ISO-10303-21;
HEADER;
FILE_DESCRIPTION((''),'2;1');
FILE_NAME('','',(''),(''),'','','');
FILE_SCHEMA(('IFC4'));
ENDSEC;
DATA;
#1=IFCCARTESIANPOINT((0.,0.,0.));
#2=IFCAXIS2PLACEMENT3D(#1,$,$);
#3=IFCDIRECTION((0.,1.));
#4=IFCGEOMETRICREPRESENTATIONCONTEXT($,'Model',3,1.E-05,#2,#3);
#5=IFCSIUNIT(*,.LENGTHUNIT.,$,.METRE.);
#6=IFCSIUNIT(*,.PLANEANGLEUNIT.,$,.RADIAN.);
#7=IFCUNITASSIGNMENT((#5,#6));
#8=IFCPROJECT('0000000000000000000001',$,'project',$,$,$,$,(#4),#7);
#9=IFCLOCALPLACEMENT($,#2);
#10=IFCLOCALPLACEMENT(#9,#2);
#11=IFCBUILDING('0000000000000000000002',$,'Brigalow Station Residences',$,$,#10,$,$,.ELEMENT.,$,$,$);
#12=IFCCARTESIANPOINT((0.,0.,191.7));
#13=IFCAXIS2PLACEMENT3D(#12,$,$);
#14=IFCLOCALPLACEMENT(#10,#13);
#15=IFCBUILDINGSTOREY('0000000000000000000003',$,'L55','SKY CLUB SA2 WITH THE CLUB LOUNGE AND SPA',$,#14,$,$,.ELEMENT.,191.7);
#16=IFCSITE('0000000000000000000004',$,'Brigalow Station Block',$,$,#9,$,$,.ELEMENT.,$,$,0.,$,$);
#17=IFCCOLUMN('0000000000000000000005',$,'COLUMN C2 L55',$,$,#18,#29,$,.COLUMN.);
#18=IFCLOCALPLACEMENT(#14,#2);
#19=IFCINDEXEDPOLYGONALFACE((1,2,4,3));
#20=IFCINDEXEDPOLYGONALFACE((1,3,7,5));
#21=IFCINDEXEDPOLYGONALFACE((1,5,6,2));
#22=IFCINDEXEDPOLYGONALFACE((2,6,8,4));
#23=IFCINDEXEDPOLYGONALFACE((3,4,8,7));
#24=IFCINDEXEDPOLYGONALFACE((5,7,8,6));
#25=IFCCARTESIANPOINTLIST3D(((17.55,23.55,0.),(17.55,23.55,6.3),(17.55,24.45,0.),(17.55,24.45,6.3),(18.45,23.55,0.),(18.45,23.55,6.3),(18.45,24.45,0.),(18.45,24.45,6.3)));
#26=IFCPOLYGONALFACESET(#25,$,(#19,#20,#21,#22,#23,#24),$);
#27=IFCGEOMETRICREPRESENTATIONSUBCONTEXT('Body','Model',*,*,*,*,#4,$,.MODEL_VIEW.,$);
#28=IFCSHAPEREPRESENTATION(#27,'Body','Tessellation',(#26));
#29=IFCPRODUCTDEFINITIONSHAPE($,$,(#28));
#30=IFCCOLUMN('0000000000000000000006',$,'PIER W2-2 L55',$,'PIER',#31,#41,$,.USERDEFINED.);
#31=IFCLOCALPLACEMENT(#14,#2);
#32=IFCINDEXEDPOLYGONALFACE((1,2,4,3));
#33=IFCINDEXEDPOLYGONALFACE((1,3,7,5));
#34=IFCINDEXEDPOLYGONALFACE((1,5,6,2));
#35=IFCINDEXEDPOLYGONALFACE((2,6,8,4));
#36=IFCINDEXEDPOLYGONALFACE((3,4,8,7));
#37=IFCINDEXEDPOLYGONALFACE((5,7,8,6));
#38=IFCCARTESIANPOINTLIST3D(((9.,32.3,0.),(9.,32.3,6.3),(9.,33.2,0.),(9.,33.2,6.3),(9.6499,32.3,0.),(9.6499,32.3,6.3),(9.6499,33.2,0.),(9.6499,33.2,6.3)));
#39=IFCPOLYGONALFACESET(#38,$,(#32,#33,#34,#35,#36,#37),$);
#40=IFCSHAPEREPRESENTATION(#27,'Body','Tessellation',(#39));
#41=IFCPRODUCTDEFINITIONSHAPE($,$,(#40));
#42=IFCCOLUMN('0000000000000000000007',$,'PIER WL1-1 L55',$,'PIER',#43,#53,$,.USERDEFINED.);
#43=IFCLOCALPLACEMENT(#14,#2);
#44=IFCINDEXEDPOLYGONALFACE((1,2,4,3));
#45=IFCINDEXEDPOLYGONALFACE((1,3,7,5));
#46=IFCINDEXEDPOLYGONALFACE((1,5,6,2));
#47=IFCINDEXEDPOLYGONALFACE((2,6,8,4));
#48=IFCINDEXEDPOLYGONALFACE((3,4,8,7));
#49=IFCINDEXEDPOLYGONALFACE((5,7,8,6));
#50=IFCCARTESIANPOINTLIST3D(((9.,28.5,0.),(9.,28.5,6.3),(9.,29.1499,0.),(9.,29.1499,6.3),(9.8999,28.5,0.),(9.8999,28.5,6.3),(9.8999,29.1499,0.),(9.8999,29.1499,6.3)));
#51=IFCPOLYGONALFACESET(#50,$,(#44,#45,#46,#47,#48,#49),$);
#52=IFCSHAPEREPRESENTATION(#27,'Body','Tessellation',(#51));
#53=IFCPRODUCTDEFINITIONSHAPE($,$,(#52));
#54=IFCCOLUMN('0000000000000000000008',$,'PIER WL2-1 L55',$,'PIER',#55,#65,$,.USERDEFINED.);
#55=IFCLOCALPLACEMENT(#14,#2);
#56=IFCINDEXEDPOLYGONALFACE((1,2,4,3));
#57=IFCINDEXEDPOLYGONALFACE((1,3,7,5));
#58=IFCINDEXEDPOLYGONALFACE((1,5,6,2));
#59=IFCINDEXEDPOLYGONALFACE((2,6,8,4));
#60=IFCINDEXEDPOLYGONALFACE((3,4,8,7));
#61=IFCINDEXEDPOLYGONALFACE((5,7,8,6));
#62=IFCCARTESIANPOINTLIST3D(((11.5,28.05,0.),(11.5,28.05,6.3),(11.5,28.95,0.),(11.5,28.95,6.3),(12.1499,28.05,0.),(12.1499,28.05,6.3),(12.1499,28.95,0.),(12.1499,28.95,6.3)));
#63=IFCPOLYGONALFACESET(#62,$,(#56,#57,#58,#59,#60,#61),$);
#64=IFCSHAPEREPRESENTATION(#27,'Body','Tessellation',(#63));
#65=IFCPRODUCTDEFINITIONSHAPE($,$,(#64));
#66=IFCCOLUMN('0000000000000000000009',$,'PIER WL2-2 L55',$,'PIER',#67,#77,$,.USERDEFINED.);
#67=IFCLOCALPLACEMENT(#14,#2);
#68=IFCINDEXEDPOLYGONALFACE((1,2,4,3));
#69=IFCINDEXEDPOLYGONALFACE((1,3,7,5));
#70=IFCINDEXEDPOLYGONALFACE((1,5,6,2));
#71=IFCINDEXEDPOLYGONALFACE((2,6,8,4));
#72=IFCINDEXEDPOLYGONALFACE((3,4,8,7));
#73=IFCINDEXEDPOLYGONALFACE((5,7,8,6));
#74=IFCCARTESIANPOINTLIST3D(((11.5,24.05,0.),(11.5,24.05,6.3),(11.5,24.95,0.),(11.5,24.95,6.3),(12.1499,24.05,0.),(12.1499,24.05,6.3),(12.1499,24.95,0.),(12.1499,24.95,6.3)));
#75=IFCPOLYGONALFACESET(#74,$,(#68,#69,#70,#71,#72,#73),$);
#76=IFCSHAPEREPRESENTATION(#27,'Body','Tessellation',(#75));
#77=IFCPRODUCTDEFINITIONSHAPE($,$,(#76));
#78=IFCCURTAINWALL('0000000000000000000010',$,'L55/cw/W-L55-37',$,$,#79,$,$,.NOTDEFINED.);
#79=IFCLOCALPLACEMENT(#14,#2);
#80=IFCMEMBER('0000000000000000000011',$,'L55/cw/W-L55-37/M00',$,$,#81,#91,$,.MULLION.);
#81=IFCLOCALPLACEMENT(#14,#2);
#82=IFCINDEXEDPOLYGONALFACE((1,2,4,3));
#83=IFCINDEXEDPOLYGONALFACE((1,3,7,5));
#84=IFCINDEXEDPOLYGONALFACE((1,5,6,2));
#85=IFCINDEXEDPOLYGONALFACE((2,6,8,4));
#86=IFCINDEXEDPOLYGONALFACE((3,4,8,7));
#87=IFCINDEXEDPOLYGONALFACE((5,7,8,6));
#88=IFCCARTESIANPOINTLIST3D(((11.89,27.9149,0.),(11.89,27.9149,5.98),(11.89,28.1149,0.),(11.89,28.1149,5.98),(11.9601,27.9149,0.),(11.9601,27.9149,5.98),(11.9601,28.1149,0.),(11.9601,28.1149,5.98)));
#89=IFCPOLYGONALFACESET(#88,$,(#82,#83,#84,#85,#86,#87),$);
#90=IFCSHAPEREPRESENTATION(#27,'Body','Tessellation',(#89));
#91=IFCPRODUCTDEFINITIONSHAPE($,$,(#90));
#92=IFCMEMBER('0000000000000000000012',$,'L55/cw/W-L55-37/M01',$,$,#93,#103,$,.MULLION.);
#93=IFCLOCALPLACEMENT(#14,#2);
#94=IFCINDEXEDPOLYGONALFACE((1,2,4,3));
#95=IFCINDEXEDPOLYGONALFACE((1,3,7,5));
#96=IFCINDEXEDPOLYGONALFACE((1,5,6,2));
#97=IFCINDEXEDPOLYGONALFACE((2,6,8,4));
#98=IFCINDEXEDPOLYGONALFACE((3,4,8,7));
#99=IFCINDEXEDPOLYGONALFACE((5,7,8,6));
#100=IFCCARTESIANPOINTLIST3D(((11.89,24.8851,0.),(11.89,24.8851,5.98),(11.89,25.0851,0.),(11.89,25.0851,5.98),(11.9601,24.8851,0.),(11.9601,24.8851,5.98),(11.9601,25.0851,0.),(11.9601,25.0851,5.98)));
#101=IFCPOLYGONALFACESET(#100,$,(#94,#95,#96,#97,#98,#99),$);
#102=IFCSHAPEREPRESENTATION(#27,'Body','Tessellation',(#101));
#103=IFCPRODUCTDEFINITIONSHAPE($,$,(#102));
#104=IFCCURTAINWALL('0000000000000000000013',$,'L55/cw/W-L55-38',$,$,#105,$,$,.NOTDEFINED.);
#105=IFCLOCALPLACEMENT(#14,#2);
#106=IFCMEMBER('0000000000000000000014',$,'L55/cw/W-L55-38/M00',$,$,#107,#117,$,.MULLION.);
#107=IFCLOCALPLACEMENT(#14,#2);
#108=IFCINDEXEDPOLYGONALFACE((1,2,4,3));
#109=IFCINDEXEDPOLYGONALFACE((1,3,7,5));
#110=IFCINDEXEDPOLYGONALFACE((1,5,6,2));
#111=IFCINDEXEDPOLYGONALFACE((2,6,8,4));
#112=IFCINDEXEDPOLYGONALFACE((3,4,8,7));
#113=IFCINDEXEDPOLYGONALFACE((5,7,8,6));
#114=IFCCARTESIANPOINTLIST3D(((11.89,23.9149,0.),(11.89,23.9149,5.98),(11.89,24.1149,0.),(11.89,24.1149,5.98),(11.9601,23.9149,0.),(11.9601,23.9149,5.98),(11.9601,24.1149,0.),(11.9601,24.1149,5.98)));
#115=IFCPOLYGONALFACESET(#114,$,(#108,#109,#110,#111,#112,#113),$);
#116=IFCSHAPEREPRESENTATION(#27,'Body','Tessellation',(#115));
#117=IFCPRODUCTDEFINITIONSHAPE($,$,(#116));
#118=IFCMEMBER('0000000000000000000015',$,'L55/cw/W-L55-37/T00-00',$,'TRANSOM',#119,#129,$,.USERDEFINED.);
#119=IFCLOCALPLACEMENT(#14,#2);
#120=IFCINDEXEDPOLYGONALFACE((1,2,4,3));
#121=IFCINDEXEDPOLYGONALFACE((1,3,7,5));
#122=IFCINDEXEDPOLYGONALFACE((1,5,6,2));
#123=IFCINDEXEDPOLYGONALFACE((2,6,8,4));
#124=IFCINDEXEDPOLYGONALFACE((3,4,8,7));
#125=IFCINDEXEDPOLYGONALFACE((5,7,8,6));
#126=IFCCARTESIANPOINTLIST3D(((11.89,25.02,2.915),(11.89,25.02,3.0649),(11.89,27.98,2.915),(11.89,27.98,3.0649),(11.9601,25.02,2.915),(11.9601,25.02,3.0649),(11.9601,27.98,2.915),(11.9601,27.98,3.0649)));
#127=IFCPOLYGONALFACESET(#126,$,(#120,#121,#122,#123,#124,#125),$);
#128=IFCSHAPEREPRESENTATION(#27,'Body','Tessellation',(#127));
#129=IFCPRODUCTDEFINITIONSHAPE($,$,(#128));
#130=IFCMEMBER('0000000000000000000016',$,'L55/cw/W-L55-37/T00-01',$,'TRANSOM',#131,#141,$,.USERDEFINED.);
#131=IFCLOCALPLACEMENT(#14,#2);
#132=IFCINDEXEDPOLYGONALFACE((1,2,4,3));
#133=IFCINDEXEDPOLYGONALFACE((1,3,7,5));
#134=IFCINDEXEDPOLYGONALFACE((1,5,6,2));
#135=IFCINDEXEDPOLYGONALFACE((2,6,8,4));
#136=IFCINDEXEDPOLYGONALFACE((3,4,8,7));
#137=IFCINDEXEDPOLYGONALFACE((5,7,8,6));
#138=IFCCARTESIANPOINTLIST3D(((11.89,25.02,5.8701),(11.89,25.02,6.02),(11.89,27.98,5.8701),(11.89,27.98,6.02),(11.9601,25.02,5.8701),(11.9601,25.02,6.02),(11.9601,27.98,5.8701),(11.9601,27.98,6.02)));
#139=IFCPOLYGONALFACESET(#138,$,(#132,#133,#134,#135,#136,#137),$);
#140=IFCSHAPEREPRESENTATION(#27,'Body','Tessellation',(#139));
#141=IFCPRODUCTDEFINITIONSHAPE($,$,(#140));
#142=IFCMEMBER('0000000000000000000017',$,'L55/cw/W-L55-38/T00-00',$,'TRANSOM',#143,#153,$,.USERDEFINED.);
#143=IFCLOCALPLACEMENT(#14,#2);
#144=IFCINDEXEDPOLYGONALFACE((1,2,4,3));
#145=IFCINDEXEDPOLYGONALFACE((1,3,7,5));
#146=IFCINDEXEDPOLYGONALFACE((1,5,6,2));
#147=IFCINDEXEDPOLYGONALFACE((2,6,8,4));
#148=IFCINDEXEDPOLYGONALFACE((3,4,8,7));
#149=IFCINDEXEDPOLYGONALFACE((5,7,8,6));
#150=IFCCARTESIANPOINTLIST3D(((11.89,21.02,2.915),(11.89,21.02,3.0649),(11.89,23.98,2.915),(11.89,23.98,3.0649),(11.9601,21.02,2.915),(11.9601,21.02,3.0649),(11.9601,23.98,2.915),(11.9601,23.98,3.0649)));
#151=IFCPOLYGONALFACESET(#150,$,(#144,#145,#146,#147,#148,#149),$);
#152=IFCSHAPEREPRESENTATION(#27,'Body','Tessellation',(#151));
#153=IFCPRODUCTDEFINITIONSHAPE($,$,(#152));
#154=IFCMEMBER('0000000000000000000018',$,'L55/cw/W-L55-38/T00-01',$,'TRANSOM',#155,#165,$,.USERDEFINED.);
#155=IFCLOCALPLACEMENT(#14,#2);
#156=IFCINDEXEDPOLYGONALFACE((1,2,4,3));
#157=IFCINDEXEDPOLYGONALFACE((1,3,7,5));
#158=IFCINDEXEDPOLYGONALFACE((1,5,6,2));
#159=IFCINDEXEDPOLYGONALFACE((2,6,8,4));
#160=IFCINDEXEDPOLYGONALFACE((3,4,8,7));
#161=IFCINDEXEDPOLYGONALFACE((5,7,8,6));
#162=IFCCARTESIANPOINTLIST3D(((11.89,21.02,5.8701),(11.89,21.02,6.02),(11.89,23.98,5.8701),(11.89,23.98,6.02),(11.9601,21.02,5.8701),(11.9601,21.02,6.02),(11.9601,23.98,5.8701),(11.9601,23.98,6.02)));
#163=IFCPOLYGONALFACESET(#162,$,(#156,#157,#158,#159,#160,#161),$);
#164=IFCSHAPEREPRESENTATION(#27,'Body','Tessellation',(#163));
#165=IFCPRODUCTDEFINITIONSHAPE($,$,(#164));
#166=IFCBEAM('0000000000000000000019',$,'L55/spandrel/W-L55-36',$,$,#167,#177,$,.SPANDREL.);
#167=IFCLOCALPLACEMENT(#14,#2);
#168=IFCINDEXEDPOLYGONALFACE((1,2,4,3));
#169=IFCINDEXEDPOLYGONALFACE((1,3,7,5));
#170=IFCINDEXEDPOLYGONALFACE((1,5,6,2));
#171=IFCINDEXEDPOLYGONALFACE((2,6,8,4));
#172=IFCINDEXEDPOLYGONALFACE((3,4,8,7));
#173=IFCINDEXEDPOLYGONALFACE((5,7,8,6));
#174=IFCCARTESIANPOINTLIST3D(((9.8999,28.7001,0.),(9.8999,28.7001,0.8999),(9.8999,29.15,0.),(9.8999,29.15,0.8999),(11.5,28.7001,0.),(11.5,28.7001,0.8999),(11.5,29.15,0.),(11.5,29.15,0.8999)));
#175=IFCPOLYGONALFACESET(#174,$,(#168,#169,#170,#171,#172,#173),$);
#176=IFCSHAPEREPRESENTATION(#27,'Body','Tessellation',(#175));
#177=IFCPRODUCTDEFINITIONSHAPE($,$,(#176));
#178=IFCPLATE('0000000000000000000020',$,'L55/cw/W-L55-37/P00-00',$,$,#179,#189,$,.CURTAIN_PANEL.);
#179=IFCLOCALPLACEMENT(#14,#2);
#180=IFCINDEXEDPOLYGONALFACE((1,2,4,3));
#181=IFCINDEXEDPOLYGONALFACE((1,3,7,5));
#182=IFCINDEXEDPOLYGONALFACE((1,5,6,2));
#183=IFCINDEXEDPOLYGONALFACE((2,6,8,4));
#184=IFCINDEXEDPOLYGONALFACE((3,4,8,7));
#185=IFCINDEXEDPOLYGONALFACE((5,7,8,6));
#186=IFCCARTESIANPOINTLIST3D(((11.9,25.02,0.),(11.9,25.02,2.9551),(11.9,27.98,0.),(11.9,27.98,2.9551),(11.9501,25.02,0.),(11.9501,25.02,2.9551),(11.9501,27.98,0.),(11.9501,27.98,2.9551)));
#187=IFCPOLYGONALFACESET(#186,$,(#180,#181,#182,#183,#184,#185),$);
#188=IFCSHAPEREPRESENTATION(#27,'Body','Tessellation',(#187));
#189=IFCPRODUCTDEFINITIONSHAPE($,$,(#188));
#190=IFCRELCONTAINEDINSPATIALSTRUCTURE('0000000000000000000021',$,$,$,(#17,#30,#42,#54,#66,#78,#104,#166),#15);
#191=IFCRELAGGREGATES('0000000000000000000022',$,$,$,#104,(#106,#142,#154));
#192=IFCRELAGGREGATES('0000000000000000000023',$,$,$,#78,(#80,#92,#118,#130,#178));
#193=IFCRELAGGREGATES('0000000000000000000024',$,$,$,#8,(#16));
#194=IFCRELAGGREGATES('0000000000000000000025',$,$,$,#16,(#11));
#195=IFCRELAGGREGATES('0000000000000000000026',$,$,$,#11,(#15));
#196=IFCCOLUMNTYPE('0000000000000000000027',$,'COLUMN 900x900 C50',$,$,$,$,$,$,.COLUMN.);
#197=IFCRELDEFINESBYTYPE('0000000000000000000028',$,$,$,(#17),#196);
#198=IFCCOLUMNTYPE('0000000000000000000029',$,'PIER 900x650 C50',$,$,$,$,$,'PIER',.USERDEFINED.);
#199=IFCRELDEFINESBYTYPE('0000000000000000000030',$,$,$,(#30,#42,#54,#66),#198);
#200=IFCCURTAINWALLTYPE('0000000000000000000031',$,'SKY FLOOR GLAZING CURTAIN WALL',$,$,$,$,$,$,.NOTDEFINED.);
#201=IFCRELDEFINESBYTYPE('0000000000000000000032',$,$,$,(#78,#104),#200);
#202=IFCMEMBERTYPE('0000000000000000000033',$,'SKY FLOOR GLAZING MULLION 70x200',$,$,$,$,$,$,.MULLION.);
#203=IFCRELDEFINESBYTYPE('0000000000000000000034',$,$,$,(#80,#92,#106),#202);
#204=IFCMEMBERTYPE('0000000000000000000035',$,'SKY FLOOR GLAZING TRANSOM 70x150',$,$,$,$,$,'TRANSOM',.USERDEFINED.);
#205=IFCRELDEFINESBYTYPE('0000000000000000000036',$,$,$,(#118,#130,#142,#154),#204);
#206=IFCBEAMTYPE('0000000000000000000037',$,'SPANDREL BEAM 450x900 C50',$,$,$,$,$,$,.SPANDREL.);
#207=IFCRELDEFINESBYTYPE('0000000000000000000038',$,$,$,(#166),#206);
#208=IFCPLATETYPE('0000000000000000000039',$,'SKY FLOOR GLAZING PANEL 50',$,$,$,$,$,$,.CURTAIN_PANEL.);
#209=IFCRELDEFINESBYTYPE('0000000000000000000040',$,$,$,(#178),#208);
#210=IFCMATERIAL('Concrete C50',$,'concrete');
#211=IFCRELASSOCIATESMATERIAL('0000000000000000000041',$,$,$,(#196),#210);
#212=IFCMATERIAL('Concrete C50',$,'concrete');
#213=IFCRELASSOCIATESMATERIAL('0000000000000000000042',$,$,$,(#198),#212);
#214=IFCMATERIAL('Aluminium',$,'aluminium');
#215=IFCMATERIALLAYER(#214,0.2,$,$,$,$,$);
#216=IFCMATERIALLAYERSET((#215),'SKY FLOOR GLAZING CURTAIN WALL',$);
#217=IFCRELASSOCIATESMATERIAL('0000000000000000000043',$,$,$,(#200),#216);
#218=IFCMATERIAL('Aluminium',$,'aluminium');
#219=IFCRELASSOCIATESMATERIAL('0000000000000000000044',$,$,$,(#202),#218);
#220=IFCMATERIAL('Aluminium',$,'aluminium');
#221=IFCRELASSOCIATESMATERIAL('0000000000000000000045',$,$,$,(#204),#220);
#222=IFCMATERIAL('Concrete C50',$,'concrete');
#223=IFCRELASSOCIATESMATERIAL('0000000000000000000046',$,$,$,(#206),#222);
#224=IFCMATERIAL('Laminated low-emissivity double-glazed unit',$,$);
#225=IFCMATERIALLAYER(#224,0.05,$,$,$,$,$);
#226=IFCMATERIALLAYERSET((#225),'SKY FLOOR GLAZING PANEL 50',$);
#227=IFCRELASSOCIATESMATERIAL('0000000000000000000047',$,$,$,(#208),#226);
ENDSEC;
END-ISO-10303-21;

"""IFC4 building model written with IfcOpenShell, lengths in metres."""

from ifc_helpers import new_model, si_unit, direction, frame, origin, origin_2d, place, context, subcontext, project, spatial, rectangle, extrude, material, layer, layer_set, material_profile, profile_set, type_object, element, aggregate, save


model = new_model("IFC4")

# Units and contexts
model_context = context("Model", 3, precision=1e-05, world=origin(), true_north=direction((0.0, 1.0)))
body_context = subcontext(model_context, "Body", "Model", "MODEL_VIEW")
ifc_project = project(units=[si_unit("LENGTHUNIT", "METRE"), si_unit("PLANEANGLEUNIT", "RADIAN")], contexts=[model_context])

# Site, building, storey
site_placement = place(None, origin())
site = spatial("IfcSite", under=ifc_project, at=site_placement, Name="Brigalow Station Block", CompositionType="ELEMENT", RefElevation=0.0)
building_placement = place(site_placement, origin())
building = spatial("IfcBuilding", under=site, at=building_placement, Name="Brigalow Station Residences", CompositionType="ELEMENT")
storey_placement = place(building_placement, frame((0.0, 0.0, 191.7)))
storey = spatial("IfcBuildingStorey", under=building, at=storey_placement, Name="L55", Description="SKY CLUB SA2 WITH THE CLUB LOUNGE AND SPA", CompositionType="ELEMENT", Elevation=191.7)

# Columns
ifc_material_1 = material(Name="Concrete C50", Category="concrete")
ifc_material_profile_1 = material_profile(ifc_material_1, rectangle(XDim=0.8999, YDim=0.8999, at=origin_2d()), Name="RC900x900")
ifc_profile_set_1 = profile_set([ifc_material_profile_1], Name="Concrete C50")
column_type_1 = type_object("IfcColumnType", Name="COLUMN 900x900 C50", PredefinedType="COLUMN", material=ifc_profile_set_1)
column_placement = place(storey_placement, frame((18.0, 24.0, 0.0), z_axis=(0.0, 0.0, 1.0), x_axis=(1.0, 0.0, 0.0)))
element("IfcColumn", 1, at=column_placement, inside=storey, type_object=column_type_1, Name="COLUMN C2 L55", PredefinedType="COLUMN", context=body_context, shape_type="SweptSolid", body=[
    extrude(rectangle(XDim=0.8999, YDim=0.8999, at=origin_2d()), origin(), (0.0, 0.0, 1.0), 6.3),
])
ifc_material_2 = material(Name="Concrete C50", Category="concrete")
ifc_material_profile_2 = material_profile(ifc_material_2, rectangle(XDim=0.8999, YDim=0.6499, at=origin_2d()), Name="RC900x650")
ifc_profile_set_2 = profile_set([ifc_material_profile_2], Name="Concrete C50")
column_type_2 = type_object("IfcColumnType", Name="PIER 900x650 C50", ElementType="PIER", PredefinedType="USERDEFINED", material=ifc_profile_set_2)
for number, where, z_axis, x_axis, name in (
    (2, (9.325, 32.75, 0.0), (0.0, 0.0, 1.0), (0.0, -1.0, 0.0), "PIER W2-2 L55"),
    (3, (9.45, 28.825, 0.0), (0.0, 0.0, 1.0), (1.0, 0.0, 0.0), "PIER WL1-1 L55"),
    (4, (11.825, 28.5, 0.0), (0.0, 0.0, 1.0), (0.0, -1.0, 0.0), "PIER WL2-1 L55"),
    (5, (11.825, 24.5, 0.0), (0.0, 0.0, 1.0), (0.0, -1.0, 0.0), "PIER WL2-2 L55"),
):
    element("IfcColumn", number, at=place(storey_placement, frame(where, z_axis=z_axis, x_axis=x_axis)), inside=storey, type_object=column_type_2, Name=name, ObjectType="PIER", PredefinedType="USERDEFINED", context=body_context, shape_type="SweptSolid", body=[
        extrude(rectangle(XDim=0.8999, YDim=0.6499, at=origin_2d()), origin(), (0.0, 0.0, 1.0), 6.3),
    ])

# Curtain wall, members
ifc_material_3 = material(Name="Aluminium", Category="aluminium")
ifc_layer_1 = layer(ifc_material_3, 0.2)
ifc_layer_set_1 = layer_set([ifc_layer_1], Name="SKY FLOOR GLAZING CURTAIN WALL")
curtain_wall_type = type_object("IfcCurtainWallType", Name="SKY FLOOR GLAZING CURTAIN WALL", PredefinedType="NOTDEFINED", material=ifc_layer_set_1)
curtain_wall_1_placement = place(storey_placement, origin())
curtain_wall_1 = element("IfcCurtainWall", 6, at=curtain_wall_1_placement, inside=storey, type_object=curtain_wall_type, Name="L55/cw/W-L55-37", PredefinedType="NOTDEFINED")
ifc_material_4 = material(Name="Aluminium", Category="aluminium")
ifc_material_profile_3 = material_profile(ifc_material_4, rectangle(XDim=0.0701, YDim=0.2, at=origin_2d()), Name="SKY FLOOR GLAZING MULLION 70x200")
ifc_profile_set_3 = profile_set([ifc_material_profile_3], Name="Aluminium")
member_type_1 = type_object("IfcMemberType", Name="SKY FLOOR GLAZING MULLION 70x200", PredefinedType="MULLION", material=ifc_profile_set_3)
member_1_placement = place(storey_placement, frame((11.925, 28.0149, 0.0), z_axis=(0.0, 0.0, 1.0), x_axis=(1.0, 0.0, 0.0)))
member_1 = element("IfcMember", 7, at=member_1_placement, type_object=member_type_1, Name="L55/cw/W-L55-37/M00", PredefinedType="MULLION", context=body_context, shape_type="SweptSolid", body=[
    extrude(rectangle(XDim=0.0701, YDim=0.2, at=origin_2d()), origin(), (0.0, 0.0, 1.0), 5.98),
])
member_2_placement = place(storey_placement, frame((11.925, 24.9851, 0.0), z_axis=(0.0, 0.0, 1.0), x_axis=(1.0, 0.0, 0.0)))
member_2 = element("IfcMember", 8, at=member_2_placement, type_object=member_type_1, Name="L55/cw/W-L55-37/M01", PredefinedType="MULLION", context=body_context, shape_type="SweptSolid", body=[
    extrude(rectangle(XDim=0.0701, YDim=0.2, at=origin_2d()), origin(), (0.0, 0.0, 1.0), 5.98),
])

# Curtain wall, member
curtain_wall_2_placement = place(storey_placement, origin())
curtain_wall_2 = element("IfcCurtainWall", 9, at=curtain_wall_2_placement, inside=storey, type_object=curtain_wall_type, Name="L55/cw/W-L55-38", PredefinedType="NOTDEFINED")
member_3_placement = place(storey_placement, frame((11.925, 24.0149, 0.0), z_axis=(0.0, 0.0, 1.0), x_axis=(1.0, 0.0, 0.0)))
member_3 = element("IfcMember", 10, at=member_3_placement, type_object=member_type_1, Name="L55/cw/W-L55-38/M00", PredefinedType="MULLION", context=body_context, shape_type="SweptSolid", body=[
    extrude(rectangle(XDim=0.0701, YDim=0.2, at=origin_2d()), origin(), (0.0, 0.0, 1.0), 5.98),
])

# Members
ifc_material_5 = material(Name="Aluminium", Category="aluminium")
ifc_material_profile_4 = material_profile(ifc_material_5, rectangle(XDim=0.0701, YDim=0.1499, at=origin_2d()), Name="SKY FLOOR GLAZING TRANSOM 70x150")
ifc_profile_set_4 = profile_set([ifc_material_profile_4], Name="Aluminium")
member_type_2 = type_object("IfcMemberType", Name="SKY FLOOR GLAZING TRANSOM 70x150", ElementType="TRANSOM", PredefinedType="USERDEFINED", material=ifc_profile_set_4)
member_4_placement = place(storey_placement, frame((11.925, 27.98, 2.99), z_axis=(0.0, -1.0, 0.0), x_axis=(1.0, 0.0, 0.0)))
member_4 = element("IfcMember", 11, at=member_4_placement, type_object=member_type_2, Name="L55/cw/W-L55-37/T00-00", ObjectType="TRANSOM", PredefinedType="USERDEFINED", context=body_context, shape_type="SweptSolid", body=[
    extrude(rectangle(XDim=0.0701, YDim=0.1499, at=origin_2d()), origin(), (0.0, 0.0, 1.0), 2.96),
])
member_5_placement = place(storey_placement, frame((11.925, 27.98, 5.9451), z_axis=(0.0, -1.0, 0.0), x_axis=(1.0, 0.0, 0.0)))
member_5 = element("IfcMember", 12, at=member_5_placement, type_object=member_type_2, Name="L55/cw/W-L55-37/T00-01", ObjectType="TRANSOM", PredefinedType="USERDEFINED", context=body_context, shape_type="SweptSolid", body=[
    extrude(rectangle(XDim=0.0701, YDim=0.1499, at=origin_2d()), origin(), (0.0, 0.0, 1.0), 2.96),
])
member_6_placement = place(storey_placement, frame((11.925, 23.98, 2.99), z_axis=(0.0, -1.0, 0.0), x_axis=(1.0, 0.0, 0.0)))
member_6 = element("IfcMember", 13, at=member_6_placement, type_object=member_type_2, Name="L55/cw/W-L55-38/T00-00", ObjectType="TRANSOM", PredefinedType="USERDEFINED", context=body_context, shape_type="SweptSolid", body=[
    extrude(rectangle(XDim=0.0701, YDim=0.1499, at=origin_2d()), origin(), (0.0, 0.0, 1.0), 2.96),
])
member_7_placement = place(storey_placement, frame((11.925, 23.98, 5.9451), z_axis=(0.0, -1.0, 0.0), x_axis=(1.0, 0.0, 0.0)))
member_7 = element("IfcMember", 14, at=member_7_placement, type_object=member_type_2, Name="L55/cw/W-L55-38/T00-01", ObjectType="TRANSOM", PredefinedType="USERDEFINED", context=body_context, shape_type="SweptSolid", body=[
    extrude(rectangle(XDim=0.0701, YDim=0.1499, at=origin_2d()), origin(), (0.0, 0.0, 1.0), 2.96),
])
aggregate(curtain_wall_2, [member_3, member_6, member_7])

# Beam
ifc_material_6 = material(Name="Concrete C50", Category="concrete")
ifc_material_profile_5 = material_profile(ifc_material_6, rectangle(XDim=0.45, YDim=0.8999, at=origin_2d()), Name="RC450x900")
ifc_profile_set_5 = profile_set([ifc_material_profile_5], Name="Concrete C50")
beam_type = type_object("IfcBeamType", Name="SPANDREL BEAM 450x900 C50", PredefinedType="SPANDREL", material=ifc_profile_set_5)
beam_placement = place(storey_placement, frame((9.8999, 28.925, 0.45), z_axis=(1.0, 0.0, 0.0), x_axis=(0.0, 1.0, 0.0)))
element("IfcBeam", 15, at=beam_placement, inside=storey, type_object=beam_type, Name="L55/spandrel/W-L55-36", PredefinedType="SPANDREL", context=body_context, shape_type="SweptSolid", body=[
    extrude(rectangle(XDim=0.45, YDim=0.8999, at=origin_2d()), origin(), (0.0, 0.0, 1.0), 1.6001),
])

# Plate
ifc_material_7 = material(Name="Laminated low-emissivity double-glazed unit")
ifc_layer_2 = layer(ifc_material_7, 0.05)
ifc_layer_set_2 = layer_set([ifc_layer_2], Name="SKY FLOOR GLAZING PANEL 50")
plate_type = type_object("IfcPlateType", Name="SKY FLOOR GLAZING PANEL 50", PredefinedType="CURTAIN_PANEL", material=ifc_layer_set_2)
plate_1_placement = place(storey_placement, frame((11.925, 26.5, 0.0), z_axis=(0.0, 0.0, 1.0), x_axis=(0.0, -1.0, 0.0)))
plate_1 = element("IfcPlate", 16, at=plate_1_placement, type_object=plate_type, Name="L55/cw/W-L55-37/P00-00", PredefinedType="CURTAIN_PANEL", context=body_context, shape_type="SweptSolid", body=[
    extrude(rectangle(XDim=2.96, YDim=0.05, at=origin_2d()), origin(), (0.0, 0.0, 1.0), 2.9551),
])
aggregate(curtain_wall_1, [member_1, member_2, member_4, member_5, plate_1])

save(model, "model.ifc")
